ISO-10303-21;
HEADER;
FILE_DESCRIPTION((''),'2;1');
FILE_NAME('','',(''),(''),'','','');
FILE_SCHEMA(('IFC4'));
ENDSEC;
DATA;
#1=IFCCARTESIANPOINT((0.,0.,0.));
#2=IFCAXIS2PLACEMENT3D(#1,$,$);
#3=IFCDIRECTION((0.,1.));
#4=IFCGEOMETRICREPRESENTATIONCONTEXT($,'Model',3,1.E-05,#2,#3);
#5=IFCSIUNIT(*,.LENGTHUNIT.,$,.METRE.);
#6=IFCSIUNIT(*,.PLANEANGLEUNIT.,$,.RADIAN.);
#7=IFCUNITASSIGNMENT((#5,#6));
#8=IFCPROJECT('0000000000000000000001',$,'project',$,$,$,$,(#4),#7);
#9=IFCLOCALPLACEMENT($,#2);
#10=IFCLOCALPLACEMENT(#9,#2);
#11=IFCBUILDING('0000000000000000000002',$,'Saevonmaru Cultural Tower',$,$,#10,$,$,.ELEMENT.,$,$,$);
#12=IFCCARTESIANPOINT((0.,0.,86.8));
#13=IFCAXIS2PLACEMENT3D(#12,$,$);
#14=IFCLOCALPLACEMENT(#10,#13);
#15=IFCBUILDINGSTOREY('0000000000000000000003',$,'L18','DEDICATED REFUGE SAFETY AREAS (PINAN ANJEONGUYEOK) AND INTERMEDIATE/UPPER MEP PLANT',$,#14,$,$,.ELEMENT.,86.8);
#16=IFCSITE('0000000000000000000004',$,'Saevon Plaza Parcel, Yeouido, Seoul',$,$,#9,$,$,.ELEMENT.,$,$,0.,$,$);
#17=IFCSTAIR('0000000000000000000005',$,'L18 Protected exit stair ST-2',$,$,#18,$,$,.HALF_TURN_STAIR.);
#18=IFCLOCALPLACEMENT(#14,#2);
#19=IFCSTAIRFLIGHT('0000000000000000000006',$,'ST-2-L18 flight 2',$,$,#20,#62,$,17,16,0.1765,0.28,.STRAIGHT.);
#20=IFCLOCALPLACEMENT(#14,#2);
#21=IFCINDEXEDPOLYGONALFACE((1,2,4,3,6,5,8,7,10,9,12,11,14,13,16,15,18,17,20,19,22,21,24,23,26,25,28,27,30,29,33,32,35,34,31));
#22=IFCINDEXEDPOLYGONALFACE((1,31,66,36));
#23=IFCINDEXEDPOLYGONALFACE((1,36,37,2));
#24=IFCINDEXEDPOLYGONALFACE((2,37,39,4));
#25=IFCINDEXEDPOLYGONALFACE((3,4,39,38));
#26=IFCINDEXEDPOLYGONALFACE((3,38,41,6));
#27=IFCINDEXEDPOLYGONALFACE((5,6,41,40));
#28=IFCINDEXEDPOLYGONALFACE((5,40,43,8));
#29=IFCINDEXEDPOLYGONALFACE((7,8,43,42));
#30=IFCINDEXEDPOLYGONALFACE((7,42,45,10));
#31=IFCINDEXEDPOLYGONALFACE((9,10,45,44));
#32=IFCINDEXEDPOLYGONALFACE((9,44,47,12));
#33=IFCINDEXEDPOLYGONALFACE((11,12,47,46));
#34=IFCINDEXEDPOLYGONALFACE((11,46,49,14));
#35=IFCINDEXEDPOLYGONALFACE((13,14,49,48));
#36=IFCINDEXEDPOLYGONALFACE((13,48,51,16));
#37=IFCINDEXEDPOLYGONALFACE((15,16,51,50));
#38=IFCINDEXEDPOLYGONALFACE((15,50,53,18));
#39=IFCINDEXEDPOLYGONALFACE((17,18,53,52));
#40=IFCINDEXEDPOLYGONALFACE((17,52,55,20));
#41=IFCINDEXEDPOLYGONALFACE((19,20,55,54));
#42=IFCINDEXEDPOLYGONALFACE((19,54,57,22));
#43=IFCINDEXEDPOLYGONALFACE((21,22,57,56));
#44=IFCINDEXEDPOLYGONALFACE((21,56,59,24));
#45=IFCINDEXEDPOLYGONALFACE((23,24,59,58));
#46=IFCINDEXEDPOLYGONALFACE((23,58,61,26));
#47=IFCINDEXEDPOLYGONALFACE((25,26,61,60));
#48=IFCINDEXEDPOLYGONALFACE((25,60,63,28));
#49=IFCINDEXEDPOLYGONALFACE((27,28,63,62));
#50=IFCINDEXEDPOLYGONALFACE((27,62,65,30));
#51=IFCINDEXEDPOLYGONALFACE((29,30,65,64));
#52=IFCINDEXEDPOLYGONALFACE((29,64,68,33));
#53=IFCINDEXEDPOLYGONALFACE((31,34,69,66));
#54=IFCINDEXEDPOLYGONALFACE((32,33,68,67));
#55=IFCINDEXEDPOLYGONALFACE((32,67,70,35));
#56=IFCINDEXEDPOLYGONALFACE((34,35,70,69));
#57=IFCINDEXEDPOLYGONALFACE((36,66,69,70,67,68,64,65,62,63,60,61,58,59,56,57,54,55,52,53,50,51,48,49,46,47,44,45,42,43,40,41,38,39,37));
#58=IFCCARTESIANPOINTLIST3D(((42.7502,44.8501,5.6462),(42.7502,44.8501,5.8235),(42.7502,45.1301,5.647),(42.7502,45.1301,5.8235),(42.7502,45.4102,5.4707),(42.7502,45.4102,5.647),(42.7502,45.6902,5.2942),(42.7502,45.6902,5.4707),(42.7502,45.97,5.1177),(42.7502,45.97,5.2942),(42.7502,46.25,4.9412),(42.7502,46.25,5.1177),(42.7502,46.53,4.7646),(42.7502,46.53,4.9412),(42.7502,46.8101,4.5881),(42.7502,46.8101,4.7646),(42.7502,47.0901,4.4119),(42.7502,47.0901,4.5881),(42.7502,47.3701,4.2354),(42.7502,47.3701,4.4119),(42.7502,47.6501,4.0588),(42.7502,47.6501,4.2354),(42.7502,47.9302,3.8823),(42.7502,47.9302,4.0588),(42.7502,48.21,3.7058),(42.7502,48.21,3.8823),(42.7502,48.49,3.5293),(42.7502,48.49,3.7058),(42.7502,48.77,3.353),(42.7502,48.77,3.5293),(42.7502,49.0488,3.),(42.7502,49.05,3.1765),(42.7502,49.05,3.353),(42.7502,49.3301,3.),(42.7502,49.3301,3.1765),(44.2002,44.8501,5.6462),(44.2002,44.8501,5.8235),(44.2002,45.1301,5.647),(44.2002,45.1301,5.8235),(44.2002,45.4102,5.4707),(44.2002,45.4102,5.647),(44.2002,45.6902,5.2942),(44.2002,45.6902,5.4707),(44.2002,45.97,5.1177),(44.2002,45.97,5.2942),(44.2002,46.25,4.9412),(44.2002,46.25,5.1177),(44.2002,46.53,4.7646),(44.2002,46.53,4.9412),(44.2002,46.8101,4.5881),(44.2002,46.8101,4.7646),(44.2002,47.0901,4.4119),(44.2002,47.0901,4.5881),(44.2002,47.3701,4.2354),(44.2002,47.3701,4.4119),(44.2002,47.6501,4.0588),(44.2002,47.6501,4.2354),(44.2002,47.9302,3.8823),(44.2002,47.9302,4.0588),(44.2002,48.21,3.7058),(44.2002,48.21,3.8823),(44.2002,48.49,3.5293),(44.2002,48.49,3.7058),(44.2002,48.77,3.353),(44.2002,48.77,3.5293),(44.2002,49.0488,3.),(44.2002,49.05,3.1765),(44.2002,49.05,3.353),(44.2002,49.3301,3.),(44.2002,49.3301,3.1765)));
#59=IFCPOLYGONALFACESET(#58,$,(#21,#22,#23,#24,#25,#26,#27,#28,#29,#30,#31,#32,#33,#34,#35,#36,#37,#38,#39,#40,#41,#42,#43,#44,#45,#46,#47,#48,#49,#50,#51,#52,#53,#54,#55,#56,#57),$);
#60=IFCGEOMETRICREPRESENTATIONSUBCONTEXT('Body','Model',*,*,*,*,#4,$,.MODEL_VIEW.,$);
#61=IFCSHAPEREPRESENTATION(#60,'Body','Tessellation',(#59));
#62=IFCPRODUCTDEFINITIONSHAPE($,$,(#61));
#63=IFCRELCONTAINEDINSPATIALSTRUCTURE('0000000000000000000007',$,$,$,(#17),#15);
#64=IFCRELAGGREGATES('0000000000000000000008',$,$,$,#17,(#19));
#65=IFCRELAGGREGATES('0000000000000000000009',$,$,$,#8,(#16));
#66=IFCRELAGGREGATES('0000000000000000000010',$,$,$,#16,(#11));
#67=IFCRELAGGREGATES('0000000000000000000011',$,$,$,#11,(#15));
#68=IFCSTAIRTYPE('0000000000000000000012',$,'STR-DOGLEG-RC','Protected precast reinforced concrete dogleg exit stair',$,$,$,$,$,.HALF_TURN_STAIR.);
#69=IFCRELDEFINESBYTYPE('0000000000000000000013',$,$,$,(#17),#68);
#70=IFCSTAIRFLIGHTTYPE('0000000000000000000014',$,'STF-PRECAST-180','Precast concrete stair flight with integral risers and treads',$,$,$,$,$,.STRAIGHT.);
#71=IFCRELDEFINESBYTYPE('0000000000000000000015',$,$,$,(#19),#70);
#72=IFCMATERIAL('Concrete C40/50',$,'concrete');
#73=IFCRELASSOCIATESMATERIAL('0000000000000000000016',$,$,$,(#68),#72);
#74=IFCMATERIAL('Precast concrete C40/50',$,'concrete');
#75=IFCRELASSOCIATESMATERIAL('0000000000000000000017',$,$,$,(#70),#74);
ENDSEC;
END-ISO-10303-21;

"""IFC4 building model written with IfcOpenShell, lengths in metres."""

from ifc_helpers import new_model, si_unit, direction, frame, origin, place, context, subcontext, project, spatial, polyline, outline, extrude, material, type_object, element, aggregate, save


model = new_model("IFC4")

# Units and contexts
model_context = context("Model", 3, precision=1e-05, world=origin(), true_north=direction((0.0, 1.0)))
body_context = subcontext(model_context, "Body", "Model", "MODEL_VIEW")
ifc_project = project(units=[si_unit("LENGTHUNIT", "METRE"), si_unit("PLANEANGLEUNIT", "RADIAN")], contexts=[model_context])

# Site, building, storey
site_placement = place(None, origin())
site = spatial("IfcSite", under=ifc_project, at=site_placement, Name="Saevon Plaza Parcel, Yeouido, Seoul", CompositionType="ELEMENT", RefElevation=0.0)
building_placement = place(site_placement, origin())
building = spatial("IfcBuilding", under=site, at=building_placement, Name="Saevonmaru Cultural Tower", CompositionType="ELEMENT")
storey_placement = place(building_placement, frame((0.0, 0.0, 86.8)))
storey = spatial("IfcBuildingStorey", under=building, at=storey_placement, Name="L18", Description="DEDICATED REFUGE SAFETY AREAS (PINAN ANJEONGUYEOK) AND INTERMEDIATE/UPPER MEP PLANT", CompositionType="ELEMENT", Elevation=86.8)

# Stair, stair flight
ifc_material_1 = material(Name="Concrete C40/50", Category="concrete")
stair_type = type_object("IfcStairType", Name="STR-DOGLEG-RC", Description="Protected precast reinforced concrete dogleg exit stair", PredefinedType="HALF_TURN_STAIR", material=ifc_material_1)
stair_placement = place(storey_placement, origin())
stair = element("IfcStair", 1, at=stair_placement, inside=storey, type_object=stair_type, Name="L18 Protected exit stair ST-2", PredefinedType="HALF_TURN_STAIR")
ifc_material_2 = material(Name="Precast concrete C40/50", Category="concrete")
stair_flight_type = type_object("IfcStairFlightType", Name="STF-PRECAST-180", Description="Precast concrete stair flight with integral risers and treads", PredefinedType="STRAIGHT", material=ifc_material_2)
stair_flight_1_placement = place(storey_placement, frame((43.4751, 49.3301, 3.0), z_axis=(0.0, 0.0, 1.0), x_axis=(0.0, -1.0, 0.0)))
stair_flight_1 = element("IfcStairFlight", 2, at=stair_flight_1_placement, type_object=stair_flight_type, Name="ST-2-L18 flight 2", NumberOfRisers=17, NumberOfTreads=16, PredefinedType="STRAIGHT", RiserHeight=0.1765, TreadLength=0.28, context=body_context, shape_type="SweptSolid", body=[
    extrude(outline(polyline([(0.0, 0.0), (0.0, 0.1765), (0.28, 0.1765), (0.28, 0.353), (0.5601, 0.353), (0.5601, 0.5293), (0.8401, 0.5293), (0.8401, 0.7058), (1.1201, 0.7058), (1.1201, 0.8823), (1.3999, 0.8823), (1.3999, 1.0588), (1.6799, 1.0588), (1.6799, 1.2354), (1.96, 1.2354), (1.96, 1.4119), (2.24, 1.4119), (2.24, 1.5881), (2.52, 1.5881), (2.52, 1.7646), (2.8, 1.7646), (2.8, 1.9412), (3.0801, 1.9412), (3.0801, 2.1177), (3.3601, 2.1177), (3.3601, 2.2942), (3.6399, 2.2942), (3.6399, 2.4707), (3.9199, 2.4707), (3.9199, 2.647), (4.2, 2.647), (4.2, 2.8235), (4.48, 2.8235), (4.48, 3.0), (4.48, 2.6462), (0.2812, 0.0), (0.0, 0.0)])), frame((0.0, 0.7251, 0.0), z_axis=(0.0, -1.0, 0.0), x_axis=(1.0, 0.0, 0.0)), (0.0, 0.0, 1.0), 1.45),
])
aggregate(stair, [stair_flight_1])

save(model, "model.ifc")
